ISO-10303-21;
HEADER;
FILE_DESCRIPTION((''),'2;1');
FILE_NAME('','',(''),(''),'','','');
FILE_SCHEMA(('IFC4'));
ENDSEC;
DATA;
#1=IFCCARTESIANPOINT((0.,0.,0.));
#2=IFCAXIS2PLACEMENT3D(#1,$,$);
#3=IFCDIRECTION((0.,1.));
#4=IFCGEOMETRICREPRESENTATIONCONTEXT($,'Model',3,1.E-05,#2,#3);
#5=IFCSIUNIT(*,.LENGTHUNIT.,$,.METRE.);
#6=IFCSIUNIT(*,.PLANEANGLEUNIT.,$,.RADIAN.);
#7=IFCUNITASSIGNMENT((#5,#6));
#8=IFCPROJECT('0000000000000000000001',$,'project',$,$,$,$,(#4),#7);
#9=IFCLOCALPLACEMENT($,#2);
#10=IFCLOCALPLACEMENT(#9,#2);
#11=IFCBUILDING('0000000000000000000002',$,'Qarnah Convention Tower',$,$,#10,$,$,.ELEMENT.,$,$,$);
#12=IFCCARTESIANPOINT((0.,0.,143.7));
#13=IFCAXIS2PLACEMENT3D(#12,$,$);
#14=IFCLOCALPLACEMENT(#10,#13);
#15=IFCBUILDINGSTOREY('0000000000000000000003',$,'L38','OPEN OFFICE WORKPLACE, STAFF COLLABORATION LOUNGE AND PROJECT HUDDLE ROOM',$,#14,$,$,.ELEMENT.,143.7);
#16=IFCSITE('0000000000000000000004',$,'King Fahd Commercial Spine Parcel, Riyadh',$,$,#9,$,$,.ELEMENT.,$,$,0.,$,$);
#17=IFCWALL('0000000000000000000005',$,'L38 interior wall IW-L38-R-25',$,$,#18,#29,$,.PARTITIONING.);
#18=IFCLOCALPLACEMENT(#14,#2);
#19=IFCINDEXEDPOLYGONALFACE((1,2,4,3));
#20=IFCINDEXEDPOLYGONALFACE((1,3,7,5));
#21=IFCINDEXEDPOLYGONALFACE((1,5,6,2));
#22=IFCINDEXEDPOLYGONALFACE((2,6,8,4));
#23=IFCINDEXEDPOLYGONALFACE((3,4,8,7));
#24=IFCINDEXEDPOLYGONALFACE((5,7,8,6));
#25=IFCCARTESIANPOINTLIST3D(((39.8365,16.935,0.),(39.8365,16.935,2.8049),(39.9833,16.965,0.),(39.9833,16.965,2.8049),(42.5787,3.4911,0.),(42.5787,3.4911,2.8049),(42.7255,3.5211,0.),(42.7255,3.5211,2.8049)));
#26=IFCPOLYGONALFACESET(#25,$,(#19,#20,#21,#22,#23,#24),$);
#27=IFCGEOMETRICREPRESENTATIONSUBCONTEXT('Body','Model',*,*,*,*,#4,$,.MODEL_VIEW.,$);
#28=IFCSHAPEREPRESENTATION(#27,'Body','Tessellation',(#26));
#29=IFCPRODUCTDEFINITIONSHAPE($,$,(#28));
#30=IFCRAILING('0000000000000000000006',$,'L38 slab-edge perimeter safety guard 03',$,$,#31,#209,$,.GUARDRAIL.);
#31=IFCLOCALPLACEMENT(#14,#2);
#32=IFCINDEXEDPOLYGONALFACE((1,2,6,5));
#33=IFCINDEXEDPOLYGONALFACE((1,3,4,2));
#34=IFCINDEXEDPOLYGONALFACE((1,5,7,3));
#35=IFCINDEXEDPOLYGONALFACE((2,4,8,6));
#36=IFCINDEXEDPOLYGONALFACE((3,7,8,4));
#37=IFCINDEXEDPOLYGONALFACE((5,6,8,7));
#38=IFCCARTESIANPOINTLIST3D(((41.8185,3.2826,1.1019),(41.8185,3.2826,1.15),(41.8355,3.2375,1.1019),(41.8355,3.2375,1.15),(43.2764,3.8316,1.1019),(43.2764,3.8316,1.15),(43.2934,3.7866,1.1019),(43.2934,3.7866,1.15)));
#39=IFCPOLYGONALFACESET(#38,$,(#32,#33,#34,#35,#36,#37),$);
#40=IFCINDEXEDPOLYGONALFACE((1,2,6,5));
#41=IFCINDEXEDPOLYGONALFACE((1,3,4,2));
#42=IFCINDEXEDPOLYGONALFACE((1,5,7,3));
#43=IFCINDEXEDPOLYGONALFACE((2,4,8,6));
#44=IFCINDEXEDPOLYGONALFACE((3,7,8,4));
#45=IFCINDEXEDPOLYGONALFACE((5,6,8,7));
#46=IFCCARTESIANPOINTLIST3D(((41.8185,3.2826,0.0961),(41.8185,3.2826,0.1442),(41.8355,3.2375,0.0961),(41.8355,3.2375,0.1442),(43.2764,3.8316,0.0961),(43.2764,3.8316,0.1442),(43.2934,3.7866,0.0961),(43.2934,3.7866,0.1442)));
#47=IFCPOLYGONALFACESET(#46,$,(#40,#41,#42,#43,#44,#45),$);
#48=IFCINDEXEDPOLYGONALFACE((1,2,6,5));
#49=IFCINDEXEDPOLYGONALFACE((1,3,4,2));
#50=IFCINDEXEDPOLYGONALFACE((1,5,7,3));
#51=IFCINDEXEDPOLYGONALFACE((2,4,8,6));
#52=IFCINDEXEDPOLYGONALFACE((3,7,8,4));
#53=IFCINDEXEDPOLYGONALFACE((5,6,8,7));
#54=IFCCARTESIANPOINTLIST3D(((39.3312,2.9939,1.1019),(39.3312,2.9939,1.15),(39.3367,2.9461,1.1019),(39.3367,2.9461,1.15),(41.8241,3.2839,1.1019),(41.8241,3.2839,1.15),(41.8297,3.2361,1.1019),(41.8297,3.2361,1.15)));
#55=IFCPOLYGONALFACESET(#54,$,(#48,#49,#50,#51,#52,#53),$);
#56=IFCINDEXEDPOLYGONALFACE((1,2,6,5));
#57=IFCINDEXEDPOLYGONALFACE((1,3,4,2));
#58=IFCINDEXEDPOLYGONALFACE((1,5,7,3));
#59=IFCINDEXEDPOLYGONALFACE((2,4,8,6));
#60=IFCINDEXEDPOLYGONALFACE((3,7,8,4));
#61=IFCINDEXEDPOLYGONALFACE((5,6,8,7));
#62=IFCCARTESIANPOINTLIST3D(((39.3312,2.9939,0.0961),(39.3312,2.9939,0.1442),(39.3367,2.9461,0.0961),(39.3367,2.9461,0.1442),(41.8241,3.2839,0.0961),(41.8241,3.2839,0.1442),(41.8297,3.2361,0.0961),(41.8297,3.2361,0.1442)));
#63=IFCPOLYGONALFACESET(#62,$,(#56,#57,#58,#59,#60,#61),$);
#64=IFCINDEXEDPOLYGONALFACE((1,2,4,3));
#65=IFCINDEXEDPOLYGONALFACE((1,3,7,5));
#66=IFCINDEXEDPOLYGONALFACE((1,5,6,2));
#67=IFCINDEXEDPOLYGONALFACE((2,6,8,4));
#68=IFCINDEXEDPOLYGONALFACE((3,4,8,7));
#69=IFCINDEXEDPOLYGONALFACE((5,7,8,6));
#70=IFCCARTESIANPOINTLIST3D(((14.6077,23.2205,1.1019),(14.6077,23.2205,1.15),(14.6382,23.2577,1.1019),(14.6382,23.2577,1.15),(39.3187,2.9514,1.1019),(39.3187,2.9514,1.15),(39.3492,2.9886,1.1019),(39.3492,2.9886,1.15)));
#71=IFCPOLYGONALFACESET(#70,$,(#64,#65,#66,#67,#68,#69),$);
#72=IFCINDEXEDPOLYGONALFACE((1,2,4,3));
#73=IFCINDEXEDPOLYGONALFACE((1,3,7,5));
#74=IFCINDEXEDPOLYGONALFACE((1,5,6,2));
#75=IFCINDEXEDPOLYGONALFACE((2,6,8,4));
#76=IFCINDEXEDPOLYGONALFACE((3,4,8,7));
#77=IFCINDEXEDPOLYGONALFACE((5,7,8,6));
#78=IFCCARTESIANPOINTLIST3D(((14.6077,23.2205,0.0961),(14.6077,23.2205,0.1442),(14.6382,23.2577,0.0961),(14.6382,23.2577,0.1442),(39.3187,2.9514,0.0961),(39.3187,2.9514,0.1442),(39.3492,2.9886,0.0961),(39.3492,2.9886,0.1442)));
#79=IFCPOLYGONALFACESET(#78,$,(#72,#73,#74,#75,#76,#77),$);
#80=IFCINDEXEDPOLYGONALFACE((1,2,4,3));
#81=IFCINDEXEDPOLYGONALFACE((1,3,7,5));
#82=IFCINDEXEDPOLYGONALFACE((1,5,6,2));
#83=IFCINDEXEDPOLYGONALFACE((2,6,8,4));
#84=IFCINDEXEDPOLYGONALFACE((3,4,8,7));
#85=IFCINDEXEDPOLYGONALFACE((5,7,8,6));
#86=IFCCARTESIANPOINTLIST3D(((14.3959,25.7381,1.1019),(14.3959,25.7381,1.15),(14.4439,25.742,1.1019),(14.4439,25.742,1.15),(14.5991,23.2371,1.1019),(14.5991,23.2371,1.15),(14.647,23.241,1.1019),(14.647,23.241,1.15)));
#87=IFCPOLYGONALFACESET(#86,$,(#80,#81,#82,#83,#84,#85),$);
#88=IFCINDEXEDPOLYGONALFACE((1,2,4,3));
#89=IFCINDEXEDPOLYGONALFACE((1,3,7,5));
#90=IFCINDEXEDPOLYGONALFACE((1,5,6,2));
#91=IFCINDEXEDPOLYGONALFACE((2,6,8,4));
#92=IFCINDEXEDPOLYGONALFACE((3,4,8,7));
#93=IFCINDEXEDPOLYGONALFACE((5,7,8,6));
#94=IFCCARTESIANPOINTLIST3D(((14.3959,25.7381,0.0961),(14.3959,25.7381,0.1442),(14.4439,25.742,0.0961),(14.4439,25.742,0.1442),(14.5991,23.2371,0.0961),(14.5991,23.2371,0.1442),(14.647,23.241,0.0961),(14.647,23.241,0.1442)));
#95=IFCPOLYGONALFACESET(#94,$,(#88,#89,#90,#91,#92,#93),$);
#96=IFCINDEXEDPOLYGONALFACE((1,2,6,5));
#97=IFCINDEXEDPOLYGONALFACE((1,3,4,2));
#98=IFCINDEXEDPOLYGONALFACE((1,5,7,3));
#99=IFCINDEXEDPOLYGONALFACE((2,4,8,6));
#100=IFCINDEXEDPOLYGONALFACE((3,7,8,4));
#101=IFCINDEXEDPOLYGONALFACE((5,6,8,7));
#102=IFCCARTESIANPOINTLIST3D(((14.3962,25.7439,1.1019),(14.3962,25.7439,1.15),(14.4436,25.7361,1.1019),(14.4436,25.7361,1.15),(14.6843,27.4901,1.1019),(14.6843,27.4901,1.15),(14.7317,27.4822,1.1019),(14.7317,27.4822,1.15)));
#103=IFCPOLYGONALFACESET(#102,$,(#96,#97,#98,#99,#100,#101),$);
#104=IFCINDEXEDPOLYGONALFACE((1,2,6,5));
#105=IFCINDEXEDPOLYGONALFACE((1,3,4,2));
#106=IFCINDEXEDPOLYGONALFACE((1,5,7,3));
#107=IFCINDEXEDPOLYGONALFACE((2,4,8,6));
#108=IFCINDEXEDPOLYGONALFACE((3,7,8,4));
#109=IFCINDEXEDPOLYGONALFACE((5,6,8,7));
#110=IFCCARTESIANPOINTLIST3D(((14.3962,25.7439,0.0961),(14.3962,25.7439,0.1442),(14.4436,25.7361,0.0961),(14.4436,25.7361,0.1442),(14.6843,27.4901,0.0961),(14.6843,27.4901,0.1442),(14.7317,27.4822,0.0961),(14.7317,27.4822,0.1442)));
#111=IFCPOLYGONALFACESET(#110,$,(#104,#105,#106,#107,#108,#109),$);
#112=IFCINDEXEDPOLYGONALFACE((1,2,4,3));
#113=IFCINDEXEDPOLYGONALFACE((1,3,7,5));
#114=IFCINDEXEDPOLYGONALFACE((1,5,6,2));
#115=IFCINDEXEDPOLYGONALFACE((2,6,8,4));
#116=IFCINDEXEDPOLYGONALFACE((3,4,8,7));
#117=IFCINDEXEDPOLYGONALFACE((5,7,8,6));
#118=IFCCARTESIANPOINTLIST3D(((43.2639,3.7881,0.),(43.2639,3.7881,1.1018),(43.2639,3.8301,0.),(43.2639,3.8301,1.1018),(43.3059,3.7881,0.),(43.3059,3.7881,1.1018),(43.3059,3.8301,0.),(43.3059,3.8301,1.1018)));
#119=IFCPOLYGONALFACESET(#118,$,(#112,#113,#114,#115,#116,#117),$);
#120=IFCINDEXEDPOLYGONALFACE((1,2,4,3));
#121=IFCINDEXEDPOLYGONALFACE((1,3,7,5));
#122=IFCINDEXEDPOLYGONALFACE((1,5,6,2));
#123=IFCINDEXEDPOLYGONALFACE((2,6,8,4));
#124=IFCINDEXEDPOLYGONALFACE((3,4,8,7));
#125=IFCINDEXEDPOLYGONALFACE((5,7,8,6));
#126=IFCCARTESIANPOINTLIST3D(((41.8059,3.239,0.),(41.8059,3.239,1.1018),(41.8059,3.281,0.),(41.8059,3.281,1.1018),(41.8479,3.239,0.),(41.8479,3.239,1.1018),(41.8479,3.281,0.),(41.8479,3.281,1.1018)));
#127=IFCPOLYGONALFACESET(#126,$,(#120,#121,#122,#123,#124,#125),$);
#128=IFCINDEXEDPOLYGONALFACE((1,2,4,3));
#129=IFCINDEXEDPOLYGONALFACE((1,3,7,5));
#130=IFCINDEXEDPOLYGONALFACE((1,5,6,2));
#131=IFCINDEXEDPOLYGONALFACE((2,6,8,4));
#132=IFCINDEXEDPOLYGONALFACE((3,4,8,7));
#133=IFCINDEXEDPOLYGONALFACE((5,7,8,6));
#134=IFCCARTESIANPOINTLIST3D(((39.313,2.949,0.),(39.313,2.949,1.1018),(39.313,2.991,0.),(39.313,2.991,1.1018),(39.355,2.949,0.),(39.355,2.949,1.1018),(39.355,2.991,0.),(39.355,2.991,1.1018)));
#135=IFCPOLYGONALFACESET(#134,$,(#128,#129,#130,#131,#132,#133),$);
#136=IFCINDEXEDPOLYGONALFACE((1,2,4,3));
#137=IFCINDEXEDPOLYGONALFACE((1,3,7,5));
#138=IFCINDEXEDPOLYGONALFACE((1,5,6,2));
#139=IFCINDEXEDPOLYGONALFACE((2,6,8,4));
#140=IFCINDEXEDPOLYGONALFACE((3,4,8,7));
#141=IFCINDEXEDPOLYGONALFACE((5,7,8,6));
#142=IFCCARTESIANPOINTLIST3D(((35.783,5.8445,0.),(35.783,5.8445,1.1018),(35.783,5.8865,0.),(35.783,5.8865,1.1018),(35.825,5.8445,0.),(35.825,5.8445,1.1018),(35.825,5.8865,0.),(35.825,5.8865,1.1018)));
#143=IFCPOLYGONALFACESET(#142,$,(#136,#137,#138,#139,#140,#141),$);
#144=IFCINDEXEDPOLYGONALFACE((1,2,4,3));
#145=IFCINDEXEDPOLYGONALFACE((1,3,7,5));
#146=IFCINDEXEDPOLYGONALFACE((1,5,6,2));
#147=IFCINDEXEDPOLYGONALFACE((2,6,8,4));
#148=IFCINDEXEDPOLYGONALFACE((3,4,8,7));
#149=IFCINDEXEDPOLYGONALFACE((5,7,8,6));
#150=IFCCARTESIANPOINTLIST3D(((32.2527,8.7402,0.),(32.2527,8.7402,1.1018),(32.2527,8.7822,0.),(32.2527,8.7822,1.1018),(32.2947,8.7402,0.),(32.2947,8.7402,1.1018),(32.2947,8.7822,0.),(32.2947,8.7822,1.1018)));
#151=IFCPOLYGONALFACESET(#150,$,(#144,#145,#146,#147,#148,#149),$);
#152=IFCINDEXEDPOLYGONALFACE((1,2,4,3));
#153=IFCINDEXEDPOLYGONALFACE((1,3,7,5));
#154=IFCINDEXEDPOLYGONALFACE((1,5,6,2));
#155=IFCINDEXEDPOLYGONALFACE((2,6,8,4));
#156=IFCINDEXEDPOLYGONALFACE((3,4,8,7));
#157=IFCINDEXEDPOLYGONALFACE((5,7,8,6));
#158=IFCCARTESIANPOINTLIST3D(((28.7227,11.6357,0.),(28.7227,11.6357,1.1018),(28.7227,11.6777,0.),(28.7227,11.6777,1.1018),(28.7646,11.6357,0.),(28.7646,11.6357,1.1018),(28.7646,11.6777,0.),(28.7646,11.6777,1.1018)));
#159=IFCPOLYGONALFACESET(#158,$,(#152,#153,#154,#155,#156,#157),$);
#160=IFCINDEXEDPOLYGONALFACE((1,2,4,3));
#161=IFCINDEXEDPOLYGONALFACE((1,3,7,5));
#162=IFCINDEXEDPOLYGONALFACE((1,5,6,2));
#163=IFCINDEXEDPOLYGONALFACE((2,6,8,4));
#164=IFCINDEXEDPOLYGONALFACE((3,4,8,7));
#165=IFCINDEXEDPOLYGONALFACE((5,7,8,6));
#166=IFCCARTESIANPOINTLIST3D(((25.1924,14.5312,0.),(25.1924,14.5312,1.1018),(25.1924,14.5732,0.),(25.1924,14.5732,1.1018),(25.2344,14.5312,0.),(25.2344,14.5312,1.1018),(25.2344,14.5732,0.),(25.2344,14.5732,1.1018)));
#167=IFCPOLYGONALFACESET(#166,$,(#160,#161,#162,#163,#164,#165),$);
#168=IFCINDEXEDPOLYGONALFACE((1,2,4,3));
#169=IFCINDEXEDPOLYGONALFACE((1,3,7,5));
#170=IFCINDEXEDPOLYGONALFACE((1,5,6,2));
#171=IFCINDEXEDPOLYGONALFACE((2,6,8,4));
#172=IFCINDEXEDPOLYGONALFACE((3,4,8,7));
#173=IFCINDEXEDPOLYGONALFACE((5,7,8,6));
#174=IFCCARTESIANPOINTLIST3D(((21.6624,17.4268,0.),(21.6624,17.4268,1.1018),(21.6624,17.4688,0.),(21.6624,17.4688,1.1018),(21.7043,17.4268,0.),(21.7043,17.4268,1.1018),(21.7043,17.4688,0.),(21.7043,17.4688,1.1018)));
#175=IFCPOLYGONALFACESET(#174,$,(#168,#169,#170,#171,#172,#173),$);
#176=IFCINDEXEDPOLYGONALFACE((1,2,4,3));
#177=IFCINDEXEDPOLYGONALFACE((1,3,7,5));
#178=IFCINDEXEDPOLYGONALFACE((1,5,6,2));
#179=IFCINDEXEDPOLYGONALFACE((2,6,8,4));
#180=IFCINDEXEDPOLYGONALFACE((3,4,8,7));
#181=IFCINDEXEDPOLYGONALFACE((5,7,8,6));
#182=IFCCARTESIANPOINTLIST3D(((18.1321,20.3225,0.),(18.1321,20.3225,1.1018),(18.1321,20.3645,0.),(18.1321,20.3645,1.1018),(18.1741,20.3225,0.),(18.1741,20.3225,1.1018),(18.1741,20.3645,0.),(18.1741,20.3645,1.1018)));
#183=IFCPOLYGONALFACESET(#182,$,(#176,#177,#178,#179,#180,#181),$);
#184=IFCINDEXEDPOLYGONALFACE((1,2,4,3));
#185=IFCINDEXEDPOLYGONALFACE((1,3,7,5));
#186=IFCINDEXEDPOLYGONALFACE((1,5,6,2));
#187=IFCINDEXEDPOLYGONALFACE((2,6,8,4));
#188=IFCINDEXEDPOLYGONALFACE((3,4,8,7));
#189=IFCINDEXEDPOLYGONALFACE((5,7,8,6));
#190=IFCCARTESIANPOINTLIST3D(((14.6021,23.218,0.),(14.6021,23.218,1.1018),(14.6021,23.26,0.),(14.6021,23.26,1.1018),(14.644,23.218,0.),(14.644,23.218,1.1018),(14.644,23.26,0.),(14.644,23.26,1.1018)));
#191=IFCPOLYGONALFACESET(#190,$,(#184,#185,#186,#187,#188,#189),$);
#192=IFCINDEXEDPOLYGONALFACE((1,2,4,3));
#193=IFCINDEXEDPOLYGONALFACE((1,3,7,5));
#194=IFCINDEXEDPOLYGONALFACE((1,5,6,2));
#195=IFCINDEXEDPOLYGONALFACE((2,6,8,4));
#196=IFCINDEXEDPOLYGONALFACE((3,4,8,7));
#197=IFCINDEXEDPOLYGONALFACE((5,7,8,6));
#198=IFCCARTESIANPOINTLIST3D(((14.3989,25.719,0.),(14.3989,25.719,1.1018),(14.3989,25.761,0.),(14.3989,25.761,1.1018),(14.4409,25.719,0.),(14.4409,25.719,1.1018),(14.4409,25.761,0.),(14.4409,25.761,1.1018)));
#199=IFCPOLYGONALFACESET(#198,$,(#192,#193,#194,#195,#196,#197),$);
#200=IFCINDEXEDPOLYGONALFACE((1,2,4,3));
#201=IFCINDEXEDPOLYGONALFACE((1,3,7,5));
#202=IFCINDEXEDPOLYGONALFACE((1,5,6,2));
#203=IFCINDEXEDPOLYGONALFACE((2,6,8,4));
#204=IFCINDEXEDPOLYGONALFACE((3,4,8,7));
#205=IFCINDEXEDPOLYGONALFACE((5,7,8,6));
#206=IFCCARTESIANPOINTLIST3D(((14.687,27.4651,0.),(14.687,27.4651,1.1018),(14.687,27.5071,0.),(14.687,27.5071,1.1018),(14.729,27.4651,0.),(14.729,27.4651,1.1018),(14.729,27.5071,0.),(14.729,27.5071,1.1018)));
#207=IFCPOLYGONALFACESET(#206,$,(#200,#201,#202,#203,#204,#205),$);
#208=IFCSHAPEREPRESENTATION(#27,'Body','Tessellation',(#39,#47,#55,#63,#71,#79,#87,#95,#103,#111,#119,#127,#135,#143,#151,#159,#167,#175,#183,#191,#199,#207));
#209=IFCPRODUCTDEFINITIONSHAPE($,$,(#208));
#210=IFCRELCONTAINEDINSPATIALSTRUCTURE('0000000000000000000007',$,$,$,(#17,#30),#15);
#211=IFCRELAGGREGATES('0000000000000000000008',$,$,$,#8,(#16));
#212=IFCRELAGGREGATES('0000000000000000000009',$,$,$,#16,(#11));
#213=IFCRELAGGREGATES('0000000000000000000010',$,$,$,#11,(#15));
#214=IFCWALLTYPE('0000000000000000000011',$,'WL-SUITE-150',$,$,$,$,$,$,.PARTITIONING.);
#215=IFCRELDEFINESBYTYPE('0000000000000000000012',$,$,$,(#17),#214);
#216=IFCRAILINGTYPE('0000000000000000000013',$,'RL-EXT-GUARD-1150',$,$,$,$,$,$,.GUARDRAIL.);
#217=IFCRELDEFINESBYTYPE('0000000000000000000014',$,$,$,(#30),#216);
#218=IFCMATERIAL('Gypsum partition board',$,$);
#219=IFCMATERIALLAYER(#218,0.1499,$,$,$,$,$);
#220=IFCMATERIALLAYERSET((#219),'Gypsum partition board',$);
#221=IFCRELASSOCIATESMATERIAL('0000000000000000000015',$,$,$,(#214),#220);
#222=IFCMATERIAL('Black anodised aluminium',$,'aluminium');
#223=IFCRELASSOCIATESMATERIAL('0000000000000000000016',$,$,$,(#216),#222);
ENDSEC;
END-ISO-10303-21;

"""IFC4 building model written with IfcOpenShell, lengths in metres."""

from ifc_helpers import new_model, si_unit, direction, frame, frame_2d, origin, origin_2d, place, context, subcontext, project, spatial, rectangle, extrude, material, layer, layer_set, type_object, element, save


model = new_model("IFC4")

# Units and contexts
model_context = context("Model", 3, precision=1e-05, world=origin(), true_north=direction((0.0, 1.0)))
body_context = subcontext(model_context, "Body", "Model", "MODEL_VIEW")
ifc_project = project(units=[si_unit("LENGTHUNIT", "METRE"), si_unit("PLANEANGLEUNIT", "RADIAN")], contexts=[model_context])

# Site, building, storey
site_placement = place(None, origin())
site = spatial("IfcSite", under=ifc_project, at=site_placement, Name="King Fahd Commercial Spine Parcel, Riyadh", CompositionType="ELEMENT", RefElevation=0.0)
building_placement = place(site_placement, origin())
building = spatial("IfcBuilding", under=site, at=building_placement, Name="Qarnah Convention Tower", CompositionType="ELEMENT")
storey_placement = place(building_placement, frame((0.0, 0.0, 143.7)))
storey = spatial("IfcBuildingStorey", under=building, at=storey_placement, Name="L38", Description="OPEN OFFICE WORKPLACE, STAFF COLLABORATION LOUNGE AND PROJECT HUDDLE ROOM", CompositionType="ELEMENT", Elevation=143.7)

# Shared definitions
ifc_material_1 = material(Name="Black anodised aluminium", Category="aluminium")

# Wall
ifc_material_2 = material(Name="Gypsum partition board")
ifc_layer_1 = layer(ifc_material_2, 0.1499)
ifc_layer_set_1 = layer_set([ifc_layer_1], Name="Gypsum partition board")
wall_type_1 = type_object("IfcWallType", Name="WL-SUITE-150", PredefinedType="PARTITIONING", material=ifc_layer_set_1)
wall_1_placement = place(storey_placement, frame((42.6521, 3.5061, 0.0), z_axis=(0.0, 0.0, 1.0), x_axis=(-0.199858, 0.979825, 0.0)))
element("IfcWall", 1, at=wall_1_placement, inside=storey, type_object=wall_type_1, Name="L38 interior wall IW-L38-R-25", PredefinedType="PARTITIONING", context=body_context, shape_type="SweptSolid", body=[
    extrude(rectangle(XDim=13.7207, YDim=0.1499, at=frame_2d((6.8604, 0.0))), origin(), (0.0, 0.0, 1.0), 2.8049),
])

# Railing
railing_type = type_object("IfcRailingType", Name="RL-EXT-GUARD-1150", PredefinedType="GUARDRAIL", material=ifc_material_1)
railing_1_placement = place(storey_placement, frame((43.2849, 3.8091, 0.0)))
element("IfcRailing", 2, at=railing_1_placement, inside=storey, type_object=railing_type, Name="L38 slab-edge perimeter safety guard 03", PredefinedType="GUARDRAIL", context=body_context, shape_type="SweptSolid", body=[
    extrude(rectangle(XDim=0.0481, YDim=0.0481, at=origin_2d()), frame((0.0, 0.0, 1.126), z_axis=(-0.935839, -0.352428, 0.0), x_axis=(0.352428, -0.935839, 0.0)), (0.0, 0.0, 1.0), 1.5579),
    extrude(rectangle(XDim=0.0481, YDim=0.0481, at=origin_2d()), frame((0.0, 0.0, 0.1201), z_axis=(-0.935839, -0.352428, 0.0), x_axis=(0.352428, -0.935839, 0.0)), (0.0, 0.0, 1.0), 1.5579),
    extrude(rectangle(XDim=0.0481, YDim=0.0481, at=origin_2d()), frame((-1.458, -0.5491, 1.126), z_axis=(-0.9933, -0.115566, 0.0), x_axis=(0.115566, -0.9933, 0.0)), (0.0, 0.0, 1.0), 2.5098),
    extrude(rectangle(XDim=0.0481, YDim=0.0481, at=origin_2d()), frame((-1.458, -0.5491, 0.1201), z_axis=(-0.9933, -0.115566, 0.0), x_axis=(0.115566, -0.9933, 0.0)), (0.0, 0.0, 1.0), 2.5098),
    extrude(rectangle(XDim=0.0481, YDim=0.0481, at=origin_2d()), frame((-3.9509, -0.8391, 1.126), z_axis=(-0.773175, 0.634193, 0.0), x_axis=(-0.634193, -0.773175, 0.0)), (0.0, 0.0, 1.0), 31.9604),
    extrude(rectangle(XDim=0.0481, YDim=0.0481, at=origin_2d()), frame((-3.9509, -0.8391, 0.1201), z_axis=(-0.773175, 0.634193, 0.0), x_axis=(-0.634193, -0.773175, 0.0)), (0.0, 0.0, 1.0), 31.9604),
    extrude(rectangle(XDim=0.0481, YDim=0.0481, at=origin_2d()), frame((-28.6619, 19.4299, 1.126), z_axis=(-0.080952, 0.996718, 0.0), x_axis=(-0.996718, -0.080952, 0.0)), (0.0, 0.0, 1.0), 2.5093),
    extrude(rectangle(XDim=0.0481, YDim=0.0481, at=origin_2d()), frame((-28.6619, 19.4299, 0.1201), z_axis=(-0.080952, 0.996718, 0.0), x_axis=(-0.996718, -0.080952, 0.0)), (0.0, 0.0, 1.0), 2.5093),
    extrude(rectangle(XDim=0.0481, YDim=0.0481, at=origin_2d()), frame((-28.865, 21.9309, 1.126), z_axis=(0.162788, 0.986661, 0.0), x_axis=(-0.986661, 0.162788, 0.0)), (0.0, 0.0, 1.0), 1.7698),
    extrude(rectangle(XDim=0.0481, YDim=0.0481, at=origin_2d()), frame((-28.865, 21.9309, 0.1201), z_axis=(0.162788, 0.986661, 0.0), x_axis=(-0.986661, 0.162788, 0.0)), (0.0, 0.0, 1.0), 1.7698),
    extrude(rectangle(XDim=0.042, YDim=0.042, at=origin_2d()), origin(), (0.0, 0.0, 1.0), 1.1018),
    extrude(rectangle(XDim=0.042, YDim=0.042, at=origin_2d()), frame((-1.458, -0.5491, 0.0)), (0.0, 0.0, 1.0), 1.1018),
    extrude(rectangle(XDim=0.042, YDim=0.042, at=origin_2d()), frame((-3.9509, -0.8391, 0.0)), (0.0, 0.0, 1.0), 1.1018),
    extrude(rectangle(XDim=0.042, YDim=0.042, at=origin_2d()), frame((-7.481, 2.0564, 0.0)), (0.0, 0.0, 1.0), 1.1018),
    extrude(rectangle(XDim=0.042, YDim=0.042, at=origin_2d()), frame((-11.0112, 4.9521, 0.0)), (0.0, 0.0, 1.0), 1.1018),
    extrude(rectangle(XDim=0.042, YDim=0.042, at=origin_2d()), frame((-14.5413, 7.8477, 0.0)), (0.0, 0.0, 1.0), 1.1018),
    extrude(rectangle(XDim=0.042, YDim=0.042, at=origin_2d()), frame((-18.0715, 10.7432, 0.0)), (0.0, 0.0, 1.0), 1.1018),
    extrude(rectangle(XDim=0.042, YDim=0.042, at=origin_2d()), frame((-21.6016, 13.6387, 0.0)), (0.0, 0.0, 1.0), 1.1018),
    extrude(rectangle(XDim=0.042, YDim=0.042, at=origin_2d()), frame((-25.1318, 16.5344, 0.0)), (0.0, 0.0, 1.0), 1.1018),
    extrude(rectangle(XDim=0.042, YDim=0.042, at=origin_2d()), frame((-28.6619, 19.4299, 0.0)), (0.0, 0.0, 1.0), 1.1018),
    extrude(rectangle(XDim=0.042, YDim=0.042, at=origin_2d()), frame((-28.865, 21.9309, 0.0)), (0.0, 0.0, 1.0), 1.1018),
    extrude(rectangle(XDim=0.042, YDim=0.042, at=origin_2d()), frame((-28.5769, 23.677, 0.0)), (0.0, 0.0, 1.0), 1.1018),
])

save(model, "model.ifc")
